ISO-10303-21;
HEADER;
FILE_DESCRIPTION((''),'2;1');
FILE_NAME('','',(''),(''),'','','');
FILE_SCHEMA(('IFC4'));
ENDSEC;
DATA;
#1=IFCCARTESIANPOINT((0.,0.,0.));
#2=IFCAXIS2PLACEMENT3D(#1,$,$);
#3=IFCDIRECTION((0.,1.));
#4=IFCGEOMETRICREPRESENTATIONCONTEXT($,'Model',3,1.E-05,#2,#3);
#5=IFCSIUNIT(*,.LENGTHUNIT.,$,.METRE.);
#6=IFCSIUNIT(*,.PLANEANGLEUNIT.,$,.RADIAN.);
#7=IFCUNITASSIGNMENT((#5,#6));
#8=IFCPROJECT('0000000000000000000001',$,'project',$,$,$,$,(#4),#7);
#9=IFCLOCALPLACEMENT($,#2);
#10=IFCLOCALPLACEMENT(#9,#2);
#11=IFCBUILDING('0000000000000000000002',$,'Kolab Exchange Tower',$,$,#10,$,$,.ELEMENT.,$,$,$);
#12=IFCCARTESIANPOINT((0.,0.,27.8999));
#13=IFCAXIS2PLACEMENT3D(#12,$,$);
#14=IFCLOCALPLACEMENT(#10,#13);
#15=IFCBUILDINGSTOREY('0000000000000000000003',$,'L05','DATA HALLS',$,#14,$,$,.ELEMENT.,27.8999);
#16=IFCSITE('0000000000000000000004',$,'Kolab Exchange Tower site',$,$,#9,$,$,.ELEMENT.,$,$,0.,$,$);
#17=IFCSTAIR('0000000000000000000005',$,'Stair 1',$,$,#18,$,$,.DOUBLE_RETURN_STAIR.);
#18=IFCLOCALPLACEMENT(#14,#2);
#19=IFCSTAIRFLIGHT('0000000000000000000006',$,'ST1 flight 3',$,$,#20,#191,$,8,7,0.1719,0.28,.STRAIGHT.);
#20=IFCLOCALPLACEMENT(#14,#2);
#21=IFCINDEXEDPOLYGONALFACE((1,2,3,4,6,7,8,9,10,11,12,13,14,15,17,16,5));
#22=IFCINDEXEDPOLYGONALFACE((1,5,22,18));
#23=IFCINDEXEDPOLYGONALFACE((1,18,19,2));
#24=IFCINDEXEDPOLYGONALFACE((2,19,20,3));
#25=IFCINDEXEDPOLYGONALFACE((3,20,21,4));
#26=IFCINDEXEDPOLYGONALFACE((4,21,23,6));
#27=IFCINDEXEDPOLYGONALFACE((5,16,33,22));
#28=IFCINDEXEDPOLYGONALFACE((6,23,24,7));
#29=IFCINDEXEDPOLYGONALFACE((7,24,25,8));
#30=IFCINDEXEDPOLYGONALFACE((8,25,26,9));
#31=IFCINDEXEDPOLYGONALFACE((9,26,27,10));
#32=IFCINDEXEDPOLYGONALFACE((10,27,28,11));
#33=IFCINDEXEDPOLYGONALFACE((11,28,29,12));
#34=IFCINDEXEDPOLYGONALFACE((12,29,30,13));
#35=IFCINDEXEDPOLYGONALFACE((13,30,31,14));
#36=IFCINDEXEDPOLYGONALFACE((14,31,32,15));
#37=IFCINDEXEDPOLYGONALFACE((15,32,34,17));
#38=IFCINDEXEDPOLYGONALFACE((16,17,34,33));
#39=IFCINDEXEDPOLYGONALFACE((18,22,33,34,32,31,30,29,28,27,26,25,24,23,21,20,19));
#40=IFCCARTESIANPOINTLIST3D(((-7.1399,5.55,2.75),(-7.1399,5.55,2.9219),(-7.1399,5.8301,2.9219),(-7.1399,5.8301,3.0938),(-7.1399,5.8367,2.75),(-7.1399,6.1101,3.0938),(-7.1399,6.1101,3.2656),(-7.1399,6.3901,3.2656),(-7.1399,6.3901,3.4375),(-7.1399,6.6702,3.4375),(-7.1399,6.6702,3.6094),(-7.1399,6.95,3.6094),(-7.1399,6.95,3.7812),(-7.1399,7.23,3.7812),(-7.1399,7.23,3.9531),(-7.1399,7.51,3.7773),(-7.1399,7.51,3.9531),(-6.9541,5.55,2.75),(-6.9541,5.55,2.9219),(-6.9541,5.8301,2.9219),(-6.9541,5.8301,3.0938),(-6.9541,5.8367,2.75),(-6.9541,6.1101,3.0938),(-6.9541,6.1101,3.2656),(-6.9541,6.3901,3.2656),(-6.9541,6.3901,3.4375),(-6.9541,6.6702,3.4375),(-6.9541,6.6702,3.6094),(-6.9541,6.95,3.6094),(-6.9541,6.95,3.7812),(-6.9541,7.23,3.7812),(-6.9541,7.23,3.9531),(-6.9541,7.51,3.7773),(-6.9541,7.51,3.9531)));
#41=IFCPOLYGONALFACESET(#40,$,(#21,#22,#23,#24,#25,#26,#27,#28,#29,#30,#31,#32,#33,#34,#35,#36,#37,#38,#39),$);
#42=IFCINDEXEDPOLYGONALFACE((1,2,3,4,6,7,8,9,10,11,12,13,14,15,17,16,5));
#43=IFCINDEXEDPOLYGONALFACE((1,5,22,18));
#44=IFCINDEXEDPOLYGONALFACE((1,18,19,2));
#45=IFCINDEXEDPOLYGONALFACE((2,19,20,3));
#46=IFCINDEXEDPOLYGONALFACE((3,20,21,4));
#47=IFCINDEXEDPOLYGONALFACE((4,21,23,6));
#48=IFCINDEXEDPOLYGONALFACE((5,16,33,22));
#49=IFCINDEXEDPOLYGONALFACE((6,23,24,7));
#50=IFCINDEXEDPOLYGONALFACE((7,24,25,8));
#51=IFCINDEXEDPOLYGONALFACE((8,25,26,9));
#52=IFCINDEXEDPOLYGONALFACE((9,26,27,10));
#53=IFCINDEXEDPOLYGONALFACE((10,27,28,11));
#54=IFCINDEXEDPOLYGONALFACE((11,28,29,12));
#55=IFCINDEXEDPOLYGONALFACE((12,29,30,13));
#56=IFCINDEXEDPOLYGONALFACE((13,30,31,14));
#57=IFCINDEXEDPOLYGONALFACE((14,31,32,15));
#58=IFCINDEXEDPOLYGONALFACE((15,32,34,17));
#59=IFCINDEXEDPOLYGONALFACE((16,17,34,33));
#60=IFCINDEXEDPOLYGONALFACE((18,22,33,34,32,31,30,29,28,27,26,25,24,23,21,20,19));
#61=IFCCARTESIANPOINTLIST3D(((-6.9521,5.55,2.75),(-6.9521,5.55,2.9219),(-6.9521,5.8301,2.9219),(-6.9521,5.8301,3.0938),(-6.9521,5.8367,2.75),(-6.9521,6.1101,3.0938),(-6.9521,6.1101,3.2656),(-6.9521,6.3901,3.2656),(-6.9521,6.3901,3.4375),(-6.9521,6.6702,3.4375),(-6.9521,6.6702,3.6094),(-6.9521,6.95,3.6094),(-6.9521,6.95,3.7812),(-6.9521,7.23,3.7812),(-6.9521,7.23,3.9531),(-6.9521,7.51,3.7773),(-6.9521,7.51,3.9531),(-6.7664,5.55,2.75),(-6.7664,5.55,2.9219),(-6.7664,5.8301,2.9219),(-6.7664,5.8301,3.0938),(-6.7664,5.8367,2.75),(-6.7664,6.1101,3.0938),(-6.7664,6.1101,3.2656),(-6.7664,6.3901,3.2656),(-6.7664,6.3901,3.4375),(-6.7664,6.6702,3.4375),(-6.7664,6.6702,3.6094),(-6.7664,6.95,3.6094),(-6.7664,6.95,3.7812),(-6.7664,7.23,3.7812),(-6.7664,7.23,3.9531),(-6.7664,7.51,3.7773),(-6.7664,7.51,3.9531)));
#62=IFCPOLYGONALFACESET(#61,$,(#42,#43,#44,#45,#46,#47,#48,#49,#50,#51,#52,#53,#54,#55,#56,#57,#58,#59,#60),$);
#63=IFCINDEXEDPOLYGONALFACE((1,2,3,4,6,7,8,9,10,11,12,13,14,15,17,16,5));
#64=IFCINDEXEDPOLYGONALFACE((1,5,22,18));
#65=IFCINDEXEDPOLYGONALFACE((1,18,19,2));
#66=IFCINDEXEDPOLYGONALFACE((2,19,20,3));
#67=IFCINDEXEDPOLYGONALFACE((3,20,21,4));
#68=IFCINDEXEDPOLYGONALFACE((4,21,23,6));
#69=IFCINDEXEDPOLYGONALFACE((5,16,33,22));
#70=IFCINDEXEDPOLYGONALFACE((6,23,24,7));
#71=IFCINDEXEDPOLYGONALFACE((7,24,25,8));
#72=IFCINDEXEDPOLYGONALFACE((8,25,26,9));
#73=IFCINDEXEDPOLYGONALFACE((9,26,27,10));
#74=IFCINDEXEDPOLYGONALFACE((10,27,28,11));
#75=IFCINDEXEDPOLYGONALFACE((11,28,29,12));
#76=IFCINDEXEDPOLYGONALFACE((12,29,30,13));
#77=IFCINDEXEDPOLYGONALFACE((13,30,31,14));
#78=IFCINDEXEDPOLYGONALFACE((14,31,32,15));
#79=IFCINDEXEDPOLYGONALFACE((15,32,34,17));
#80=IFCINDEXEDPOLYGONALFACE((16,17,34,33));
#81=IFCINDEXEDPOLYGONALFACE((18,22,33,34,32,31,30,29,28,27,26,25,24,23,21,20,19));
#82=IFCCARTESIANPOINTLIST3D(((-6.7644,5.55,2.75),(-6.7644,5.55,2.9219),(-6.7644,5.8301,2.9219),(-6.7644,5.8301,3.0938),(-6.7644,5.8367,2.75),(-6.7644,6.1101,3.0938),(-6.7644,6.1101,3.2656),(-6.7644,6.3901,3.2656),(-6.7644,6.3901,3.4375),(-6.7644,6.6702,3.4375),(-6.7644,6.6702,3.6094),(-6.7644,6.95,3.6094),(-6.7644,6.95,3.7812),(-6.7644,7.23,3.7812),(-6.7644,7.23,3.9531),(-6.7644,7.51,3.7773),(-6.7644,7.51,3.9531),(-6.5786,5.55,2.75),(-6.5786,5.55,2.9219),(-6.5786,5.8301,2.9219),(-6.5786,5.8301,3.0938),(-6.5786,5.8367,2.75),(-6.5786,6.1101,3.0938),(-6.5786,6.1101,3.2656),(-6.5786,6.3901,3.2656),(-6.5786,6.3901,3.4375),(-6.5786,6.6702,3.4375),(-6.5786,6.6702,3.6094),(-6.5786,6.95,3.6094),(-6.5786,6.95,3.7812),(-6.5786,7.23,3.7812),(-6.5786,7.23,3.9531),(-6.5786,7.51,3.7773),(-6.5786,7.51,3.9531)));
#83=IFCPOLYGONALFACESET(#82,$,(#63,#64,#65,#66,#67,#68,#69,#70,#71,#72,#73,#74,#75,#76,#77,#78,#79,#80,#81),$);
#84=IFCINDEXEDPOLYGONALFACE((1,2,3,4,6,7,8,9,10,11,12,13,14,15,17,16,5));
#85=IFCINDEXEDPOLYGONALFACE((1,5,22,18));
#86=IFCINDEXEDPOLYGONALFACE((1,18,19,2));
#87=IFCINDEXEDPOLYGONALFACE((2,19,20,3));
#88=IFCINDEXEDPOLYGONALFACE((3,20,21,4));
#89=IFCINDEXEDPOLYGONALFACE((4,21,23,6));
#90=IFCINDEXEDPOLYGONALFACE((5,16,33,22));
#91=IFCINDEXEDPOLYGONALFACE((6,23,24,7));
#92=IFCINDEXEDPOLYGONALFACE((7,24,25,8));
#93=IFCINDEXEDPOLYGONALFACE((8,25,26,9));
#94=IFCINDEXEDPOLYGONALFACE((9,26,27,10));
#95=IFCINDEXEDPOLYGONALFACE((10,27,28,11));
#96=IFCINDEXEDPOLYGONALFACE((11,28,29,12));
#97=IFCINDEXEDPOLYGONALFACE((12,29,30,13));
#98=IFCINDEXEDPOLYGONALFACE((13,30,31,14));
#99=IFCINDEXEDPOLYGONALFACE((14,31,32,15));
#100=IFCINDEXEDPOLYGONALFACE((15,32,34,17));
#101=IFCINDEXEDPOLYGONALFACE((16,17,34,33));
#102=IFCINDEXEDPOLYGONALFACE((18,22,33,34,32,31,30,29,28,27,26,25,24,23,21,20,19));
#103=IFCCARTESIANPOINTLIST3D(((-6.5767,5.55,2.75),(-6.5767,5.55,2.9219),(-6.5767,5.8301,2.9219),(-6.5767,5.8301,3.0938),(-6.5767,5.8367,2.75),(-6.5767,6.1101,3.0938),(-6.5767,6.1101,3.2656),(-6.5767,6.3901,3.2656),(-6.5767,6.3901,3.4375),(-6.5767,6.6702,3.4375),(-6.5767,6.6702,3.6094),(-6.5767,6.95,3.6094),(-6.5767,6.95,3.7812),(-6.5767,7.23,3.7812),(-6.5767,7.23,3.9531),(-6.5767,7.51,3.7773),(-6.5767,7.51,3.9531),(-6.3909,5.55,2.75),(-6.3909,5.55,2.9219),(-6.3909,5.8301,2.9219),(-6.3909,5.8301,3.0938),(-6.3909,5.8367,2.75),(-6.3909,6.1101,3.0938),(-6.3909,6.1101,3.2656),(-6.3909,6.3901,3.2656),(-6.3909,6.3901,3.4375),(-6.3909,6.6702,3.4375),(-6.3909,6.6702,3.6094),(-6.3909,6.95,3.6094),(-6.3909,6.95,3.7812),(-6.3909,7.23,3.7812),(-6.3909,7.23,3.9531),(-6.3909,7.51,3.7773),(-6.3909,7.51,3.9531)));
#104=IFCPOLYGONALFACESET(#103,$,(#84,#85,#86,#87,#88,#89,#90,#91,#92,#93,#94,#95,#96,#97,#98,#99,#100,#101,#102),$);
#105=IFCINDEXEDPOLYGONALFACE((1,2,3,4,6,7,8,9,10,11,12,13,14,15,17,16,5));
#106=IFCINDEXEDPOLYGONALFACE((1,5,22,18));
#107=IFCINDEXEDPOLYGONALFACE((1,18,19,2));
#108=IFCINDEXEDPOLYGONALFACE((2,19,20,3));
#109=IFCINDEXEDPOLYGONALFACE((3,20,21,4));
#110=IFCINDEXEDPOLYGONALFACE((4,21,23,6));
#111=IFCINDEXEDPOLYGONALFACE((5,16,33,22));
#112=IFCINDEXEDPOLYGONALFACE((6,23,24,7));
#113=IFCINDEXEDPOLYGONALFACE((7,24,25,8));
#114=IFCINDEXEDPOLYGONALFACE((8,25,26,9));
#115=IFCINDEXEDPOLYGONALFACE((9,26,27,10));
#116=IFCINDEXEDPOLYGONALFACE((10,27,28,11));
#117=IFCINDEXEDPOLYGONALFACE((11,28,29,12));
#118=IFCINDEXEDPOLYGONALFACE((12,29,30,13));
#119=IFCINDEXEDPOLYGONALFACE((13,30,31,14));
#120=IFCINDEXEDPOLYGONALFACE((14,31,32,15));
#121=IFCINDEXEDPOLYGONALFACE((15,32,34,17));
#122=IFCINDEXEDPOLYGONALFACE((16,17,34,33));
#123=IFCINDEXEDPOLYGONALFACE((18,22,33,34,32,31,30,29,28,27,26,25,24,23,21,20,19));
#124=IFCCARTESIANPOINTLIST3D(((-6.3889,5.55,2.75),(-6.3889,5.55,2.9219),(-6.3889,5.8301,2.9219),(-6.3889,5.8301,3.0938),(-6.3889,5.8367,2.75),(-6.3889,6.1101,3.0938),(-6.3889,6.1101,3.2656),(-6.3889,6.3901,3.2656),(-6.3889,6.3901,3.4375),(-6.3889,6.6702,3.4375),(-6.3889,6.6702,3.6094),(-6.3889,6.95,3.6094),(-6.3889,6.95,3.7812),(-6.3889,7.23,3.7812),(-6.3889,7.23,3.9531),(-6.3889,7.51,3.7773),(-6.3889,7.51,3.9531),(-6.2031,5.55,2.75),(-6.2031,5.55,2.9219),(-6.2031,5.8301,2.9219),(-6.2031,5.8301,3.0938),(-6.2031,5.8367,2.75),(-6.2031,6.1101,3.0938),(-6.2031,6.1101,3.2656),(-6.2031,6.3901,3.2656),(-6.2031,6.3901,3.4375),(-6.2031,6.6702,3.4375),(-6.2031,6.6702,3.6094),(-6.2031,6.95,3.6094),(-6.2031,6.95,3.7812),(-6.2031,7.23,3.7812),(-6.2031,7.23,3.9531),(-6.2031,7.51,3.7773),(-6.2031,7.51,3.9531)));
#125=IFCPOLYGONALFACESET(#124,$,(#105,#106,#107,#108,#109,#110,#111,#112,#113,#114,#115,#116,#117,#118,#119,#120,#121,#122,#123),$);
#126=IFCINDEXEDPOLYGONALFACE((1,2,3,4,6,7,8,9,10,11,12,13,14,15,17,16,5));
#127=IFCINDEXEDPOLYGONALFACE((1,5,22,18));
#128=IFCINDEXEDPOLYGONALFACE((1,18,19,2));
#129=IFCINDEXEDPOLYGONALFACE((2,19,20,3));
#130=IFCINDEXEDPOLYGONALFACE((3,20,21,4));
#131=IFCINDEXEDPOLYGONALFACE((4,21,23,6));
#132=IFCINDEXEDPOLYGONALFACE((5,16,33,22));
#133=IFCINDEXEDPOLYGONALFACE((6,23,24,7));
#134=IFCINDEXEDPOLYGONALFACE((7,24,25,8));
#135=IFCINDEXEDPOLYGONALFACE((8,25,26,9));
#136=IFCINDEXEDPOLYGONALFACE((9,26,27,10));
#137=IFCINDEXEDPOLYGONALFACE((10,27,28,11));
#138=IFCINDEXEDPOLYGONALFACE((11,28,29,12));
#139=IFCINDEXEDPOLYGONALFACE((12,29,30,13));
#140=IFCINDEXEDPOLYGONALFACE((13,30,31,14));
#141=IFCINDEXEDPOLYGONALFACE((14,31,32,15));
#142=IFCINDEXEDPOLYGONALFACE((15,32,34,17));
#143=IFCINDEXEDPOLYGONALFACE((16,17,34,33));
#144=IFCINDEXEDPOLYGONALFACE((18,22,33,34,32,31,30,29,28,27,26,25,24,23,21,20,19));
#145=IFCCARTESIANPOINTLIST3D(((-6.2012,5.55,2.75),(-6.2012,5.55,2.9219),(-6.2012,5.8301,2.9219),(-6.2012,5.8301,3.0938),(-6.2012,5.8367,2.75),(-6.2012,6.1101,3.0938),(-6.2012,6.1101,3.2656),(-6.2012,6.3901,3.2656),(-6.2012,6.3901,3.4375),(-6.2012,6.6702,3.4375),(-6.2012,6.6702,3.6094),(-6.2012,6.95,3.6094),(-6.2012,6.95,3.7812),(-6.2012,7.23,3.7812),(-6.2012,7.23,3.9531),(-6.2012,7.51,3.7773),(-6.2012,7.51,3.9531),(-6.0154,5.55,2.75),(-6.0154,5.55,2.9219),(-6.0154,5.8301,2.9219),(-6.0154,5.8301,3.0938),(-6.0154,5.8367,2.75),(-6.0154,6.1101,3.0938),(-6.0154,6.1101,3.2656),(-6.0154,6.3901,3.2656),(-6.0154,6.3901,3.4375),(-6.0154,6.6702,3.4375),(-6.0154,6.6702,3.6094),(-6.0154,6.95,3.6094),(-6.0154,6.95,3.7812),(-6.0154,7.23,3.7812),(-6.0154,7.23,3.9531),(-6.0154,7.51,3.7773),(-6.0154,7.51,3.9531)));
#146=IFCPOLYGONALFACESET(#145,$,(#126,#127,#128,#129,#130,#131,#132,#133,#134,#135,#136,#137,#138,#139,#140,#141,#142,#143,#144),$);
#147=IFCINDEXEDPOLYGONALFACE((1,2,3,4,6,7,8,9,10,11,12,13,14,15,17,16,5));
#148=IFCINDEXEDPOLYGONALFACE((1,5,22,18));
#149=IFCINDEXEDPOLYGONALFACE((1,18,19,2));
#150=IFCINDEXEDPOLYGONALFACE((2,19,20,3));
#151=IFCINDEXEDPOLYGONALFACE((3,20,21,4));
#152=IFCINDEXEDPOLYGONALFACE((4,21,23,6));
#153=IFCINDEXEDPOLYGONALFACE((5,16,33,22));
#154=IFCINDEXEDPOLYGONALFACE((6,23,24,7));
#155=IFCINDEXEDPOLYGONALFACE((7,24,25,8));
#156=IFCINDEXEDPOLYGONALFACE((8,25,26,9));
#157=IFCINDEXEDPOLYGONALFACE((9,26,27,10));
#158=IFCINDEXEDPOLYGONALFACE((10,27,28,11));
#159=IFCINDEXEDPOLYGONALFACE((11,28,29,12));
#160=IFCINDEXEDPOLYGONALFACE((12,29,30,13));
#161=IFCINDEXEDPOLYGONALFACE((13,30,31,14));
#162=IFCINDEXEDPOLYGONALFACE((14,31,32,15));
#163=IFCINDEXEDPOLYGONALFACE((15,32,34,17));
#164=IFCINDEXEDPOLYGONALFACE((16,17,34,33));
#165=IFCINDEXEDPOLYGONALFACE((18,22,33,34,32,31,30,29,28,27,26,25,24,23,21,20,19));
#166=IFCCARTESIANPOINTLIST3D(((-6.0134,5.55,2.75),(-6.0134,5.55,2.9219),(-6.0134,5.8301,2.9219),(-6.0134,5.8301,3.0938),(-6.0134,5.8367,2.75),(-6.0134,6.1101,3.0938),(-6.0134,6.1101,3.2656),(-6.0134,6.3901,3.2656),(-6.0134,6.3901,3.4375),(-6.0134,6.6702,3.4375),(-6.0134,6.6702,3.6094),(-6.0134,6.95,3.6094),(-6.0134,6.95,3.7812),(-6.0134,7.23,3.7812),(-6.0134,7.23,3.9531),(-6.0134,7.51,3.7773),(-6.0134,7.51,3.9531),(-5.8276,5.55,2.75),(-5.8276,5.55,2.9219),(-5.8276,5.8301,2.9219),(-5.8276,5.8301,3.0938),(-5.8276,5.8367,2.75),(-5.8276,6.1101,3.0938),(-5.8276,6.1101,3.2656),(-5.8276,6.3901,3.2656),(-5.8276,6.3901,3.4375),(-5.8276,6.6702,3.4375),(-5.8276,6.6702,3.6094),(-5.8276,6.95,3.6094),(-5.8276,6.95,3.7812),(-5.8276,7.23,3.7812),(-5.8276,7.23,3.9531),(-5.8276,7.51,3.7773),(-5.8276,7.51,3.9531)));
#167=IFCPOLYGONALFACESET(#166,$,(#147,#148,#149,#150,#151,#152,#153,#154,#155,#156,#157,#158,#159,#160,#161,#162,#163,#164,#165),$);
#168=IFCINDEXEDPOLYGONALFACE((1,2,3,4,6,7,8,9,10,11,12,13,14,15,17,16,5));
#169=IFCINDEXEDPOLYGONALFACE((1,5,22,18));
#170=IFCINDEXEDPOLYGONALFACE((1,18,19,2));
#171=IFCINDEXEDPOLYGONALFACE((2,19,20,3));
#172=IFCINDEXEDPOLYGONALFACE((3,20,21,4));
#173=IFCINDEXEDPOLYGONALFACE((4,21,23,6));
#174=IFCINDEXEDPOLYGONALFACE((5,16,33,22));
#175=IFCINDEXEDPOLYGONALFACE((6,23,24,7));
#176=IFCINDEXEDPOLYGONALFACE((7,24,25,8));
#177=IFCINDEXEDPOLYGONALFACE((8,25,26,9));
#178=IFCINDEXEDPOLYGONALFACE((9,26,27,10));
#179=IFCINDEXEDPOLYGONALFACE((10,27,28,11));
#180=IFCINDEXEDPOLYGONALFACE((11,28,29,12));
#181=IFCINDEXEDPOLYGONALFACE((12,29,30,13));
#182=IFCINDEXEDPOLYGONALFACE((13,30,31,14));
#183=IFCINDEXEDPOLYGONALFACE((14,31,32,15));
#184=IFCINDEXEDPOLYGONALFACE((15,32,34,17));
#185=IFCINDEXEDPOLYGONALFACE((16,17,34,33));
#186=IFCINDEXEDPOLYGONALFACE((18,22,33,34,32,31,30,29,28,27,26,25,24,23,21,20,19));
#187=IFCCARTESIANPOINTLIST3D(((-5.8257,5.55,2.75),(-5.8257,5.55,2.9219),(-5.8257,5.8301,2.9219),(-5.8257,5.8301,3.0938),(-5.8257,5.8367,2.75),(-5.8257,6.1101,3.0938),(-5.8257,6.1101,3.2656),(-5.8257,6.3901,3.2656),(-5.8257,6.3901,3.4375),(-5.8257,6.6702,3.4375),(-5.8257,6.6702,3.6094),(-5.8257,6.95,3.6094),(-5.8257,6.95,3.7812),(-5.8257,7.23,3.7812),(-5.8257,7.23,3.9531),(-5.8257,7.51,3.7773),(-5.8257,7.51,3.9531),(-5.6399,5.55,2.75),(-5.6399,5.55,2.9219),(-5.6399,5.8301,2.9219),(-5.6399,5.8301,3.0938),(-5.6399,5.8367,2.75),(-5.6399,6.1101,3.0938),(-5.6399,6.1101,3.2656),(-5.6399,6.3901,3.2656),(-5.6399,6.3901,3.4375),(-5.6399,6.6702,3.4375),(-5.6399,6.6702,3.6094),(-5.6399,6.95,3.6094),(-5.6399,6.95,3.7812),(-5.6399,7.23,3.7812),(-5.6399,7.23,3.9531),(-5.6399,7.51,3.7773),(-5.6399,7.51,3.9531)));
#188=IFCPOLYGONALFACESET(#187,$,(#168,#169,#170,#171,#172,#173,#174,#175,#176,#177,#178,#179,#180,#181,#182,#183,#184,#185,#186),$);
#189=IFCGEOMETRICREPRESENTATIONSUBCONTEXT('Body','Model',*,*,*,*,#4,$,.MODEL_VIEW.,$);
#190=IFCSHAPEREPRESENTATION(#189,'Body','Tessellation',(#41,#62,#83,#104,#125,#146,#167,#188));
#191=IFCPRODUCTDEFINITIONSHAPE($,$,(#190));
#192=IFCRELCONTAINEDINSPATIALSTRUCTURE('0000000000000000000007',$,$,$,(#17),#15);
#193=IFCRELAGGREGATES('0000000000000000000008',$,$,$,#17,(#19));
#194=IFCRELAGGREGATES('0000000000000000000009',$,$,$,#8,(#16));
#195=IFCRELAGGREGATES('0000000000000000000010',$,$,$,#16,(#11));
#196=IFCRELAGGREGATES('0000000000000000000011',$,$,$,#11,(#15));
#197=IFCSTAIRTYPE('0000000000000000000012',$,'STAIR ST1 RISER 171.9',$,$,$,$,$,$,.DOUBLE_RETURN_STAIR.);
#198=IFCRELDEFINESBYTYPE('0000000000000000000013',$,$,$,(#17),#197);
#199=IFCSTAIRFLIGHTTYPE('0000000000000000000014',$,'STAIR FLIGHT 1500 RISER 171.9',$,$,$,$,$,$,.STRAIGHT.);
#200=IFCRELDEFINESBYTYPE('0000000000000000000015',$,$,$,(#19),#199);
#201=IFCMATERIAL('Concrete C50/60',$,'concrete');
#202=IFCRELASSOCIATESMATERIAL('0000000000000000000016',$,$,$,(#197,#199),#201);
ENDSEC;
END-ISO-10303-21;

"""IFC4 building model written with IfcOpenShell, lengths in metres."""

from ifc_helpers import new_model, si_unit, direction, frame, origin, place, context, subcontext, project, spatial, polyline, outline, extrude, material, type_object, element, aggregate, save


model = new_model("IFC4")

# Units and contexts
model_context = context("Model", 3, precision=1e-05, world=origin(), true_north=direction((0.0, 1.0)))
body_context = subcontext(model_context, "Body", "Model", "MODEL_VIEW")
ifc_project = project(units=[si_unit("LENGTHUNIT", "METRE"), si_unit("PLANEANGLEUNIT", "RADIAN")], contexts=[model_context])

# Site, building, storey
site_placement = place(None, origin())
site = spatial("IfcSite", under=ifc_project, at=site_placement, Name="Kolab Exchange Tower site", CompositionType="ELEMENT", RefElevation=0.0)
building_placement = place(site_placement, origin())
building = spatial("IfcBuilding", under=site, at=building_placement, Name="Kolab Exchange Tower", CompositionType="ELEMENT")
storey_placement = place(building_placement, frame((0.0, 0.0, 27.8999)))
storey = spatial("IfcBuildingStorey", under=building, at=storey_placement, Name="L05", Description="DATA HALLS", CompositionType="ELEMENT", Elevation=27.8999)

# Shared definitions
ifc_material_1 = material(Name="Concrete C50/60", Category="concrete")

# Stair, stair flight
stair_type = type_object("IfcStairType", Name="STAIR ST1 RISER 171.9", PredefinedType="DOUBLE_RETURN_STAIR", material=ifc_material_1)
stair_placement = place(storey_placement, origin())
stair = element("IfcStair", 1, at=stair_placement, inside=storey, type_object=stair_type, Name="Stair 1", PredefinedType="DOUBLE_RETURN_STAIR")
stair_flight_type = type_object("IfcStairFlightType", Name="STAIR FLIGHT 1500 RISER 171.9", PredefinedType="STRAIGHT", material=ifc_material_1)
stair_flight_1_placement = place(storey_placement, frame((-6.3899, 5.55, 2.75), z_axis=(0.0, 0.0, 1.0), x_axis=(0.0, 1.0, 0.0)))
stair_flight_1 = element("IfcStairFlight", 2, at=stair_flight_1_placement, type_object=stair_flight_type, Name="ST1 flight 3", NumberOfRisers=8, NumberOfTreads=7, PredefinedType="STRAIGHT", RiserHeight=0.1719, TreadLength=0.28, context=body_context, shape_type="SweptSolid", body=[
    extrude(outline(polyline([(0.0, 0.0), (0.0, 0.1719), (0.28, 0.1719), (0.28, 0.3438), (0.5601, 0.3438), (0.5601, 0.5156), (0.8401, 0.5156), (0.8401, 0.6875), (1.1201, 0.6875), (1.1201, 0.8594), (1.3999, 0.8594), (1.3999, 1.0312), (1.6799, 1.0312), (1.6799, 1.2031), (1.96, 1.2031), (1.96, 1.375), (1.96, 1.0273), (0.2866, 0.0), (0.0, 0.0)])), frame((0.0, 0.75, 0.0), z_axis=(0.0, -1.0, 0.0), x_axis=(1.0, 0.0, 0.0)), (0.0, 0.0, 1.0), 0.1858),
    extrude(outline(polyline([(0.0, 0.0), (0.0, 0.1719), (0.28, 0.1719), (0.28, 0.3438), (0.5601, 0.3438), (0.5601, 0.5156), (0.8401, 0.5156), (0.8401, 0.6875), (1.1201, 0.6875), (1.1201, 0.8594), (1.3999, 0.8594), (1.3999, 1.0312), (1.6799, 1.0312), (1.6799, 1.2031), (1.96, 1.2031), (1.96, 1.375), (1.96, 1.0273), (0.2866, 0.0), (0.0, 0.0)])), frame((0.0, 0.5623, 0.0), z_axis=(0.0, -1.0, 0.0), x_axis=(1.0, 0.0, 0.0)), (0.0, 0.0, 1.0), 0.1858),
    extrude(outline(polyline([(0.0, 0.0), (0.0, 0.1719), (0.28, 0.1719), (0.28, 0.3438), (0.5601, 0.3438), (0.5601, 0.5156), (0.8401, 0.5156), (0.8401, 0.6875), (1.1201, 0.6875), (1.1201, 0.8594), (1.3999, 0.8594), (1.3999, 1.0312), (1.6799, 1.0312), (1.6799, 1.2031), (1.96, 1.2031), (1.96, 1.375), (1.96, 1.0273), (0.2866, 0.0), (0.0, 0.0)])), frame((0.0, 0.3745, 0.0), z_axis=(0.0, -1.0, 0.0), x_axis=(1.0, 0.0, 0.0)), (0.0, 0.0, 1.0), 0.1858),
    extrude(outline(polyline([(0.0, 0.0), (0.0, 0.1719), (0.28, 0.1719), (0.28, 0.3438), (0.5601, 0.3438), (0.5601, 0.5156), (0.8401, 0.5156), (0.8401, 0.6875), (1.1201, 0.6875), (1.1201, 0.8594), (1.3999, 0.8594), (1.3999, 1.0312), (1.6799, 1.0312), (1.6799, 1.2031), (1.96, 1.2031), (1.96, 1.375), (1.96, 1.0273), (0.2866, 0.0), (0.0, 0.0)])), frame((0.0, 0.1868, 0.0), z_axis=(0.0, -1.0, 0.0), x_axis=(1.0, 0.0, 0.0)), (0.0, 0.0, 1.0), 0.1858),
    extrude(outline(polyline([(0.0, 0.0), (0.0, 0.1719), (0.28, 0.1719), (0.28, 0.3438), (0.5601, 0.3438), (0.5601, 0.5156), (0.8401, 0.5156), (0.8401, 0.6875), (1.1201, 0.6875), (1.1201, 0.8594), (1.3999, 0.8594), (1.3999, 1.0312), (1.6799, 1.0312), (1.6799, 1.2031), (1.96, 1.2031), (1.96, 1.375), (1.96, 1.0273), (0.2866, 0.0), (0.0, 0.0)])), frame((0.0, -0.001, 0.0), z_axis=(0.0, -1.0, 0.0), x_axis=(1.0, 0.0, 0.0)), (0.0, 0.0, 1.0), 0.1858),
    extrude(outline(polyline([(0.0, 0.0), (0.0, 0.1719), (0.28, 0.1719), (0.28, 0.3438), (0.5601, 0.3438), (0.5601, 0.5156), (0.8401, 0.5156), (0.8401, 0.6875), (1.1201, 0.6875), (1.1201, 0.8594), (1.3999, 0.8594), (1.3999, 1.0312), (1.6799, 1.0312), (1.6799, 1.2031), (1.96, 1.2031), (1.96, 1.375), (1.96, 1.0273), (0.2866, 0.0), (0.0, 0.0)])), frame((0.0, -0.1887, 0.0), z_axis=(0.0, -1.0, 0.0), x_axis=(1.0, 0.0, 0.0)), (0.0, 0.0, 1.0), 0.1858),
    extrude(outline(polyline([(0.0, 0.0), (0.0, 0.1719), (0.28, 0.1719), (0.28, 0.3438), (0.5601, 0.3438), (0.5601, 0.5156), (0.8401, 0.5156), (0.8401, 0.6875), (1.1201, 0.6875), (1.1201, 0.8594), (1.3999, 0.8594), (1.3999, 1.0312), (1.6799, 1.0312), (1.6799, 1.2031), (1.96, 1.2031), (1.96, 1.375), (1.96, 1.0273), (0.2866, 0.0), (0.0, 0.0)])), frame((0.0, -0.3765, 0.0), z_axis=(0.0, -1.0, 0.0), x_axis=(1.0, 0.0, 0.0)), (0.0, 0.0, 1.0), 0.1858),
    extrude(outline(polyline([(0.0, 0.0), (0.0, 0.1719), (0.28, 0.1719), (0.28, 0.3438), (0.5601, 0.3438), (0.5601, 0.5156), (0.8401, 0.5156), (0.8401, 0.6875), (1.1201, 0.6875), (1.1201, 0.8594), (1.3999, 0.8594), (1.3999, 1.0312), (1.6799, 1.0312), (1.6799, 1.2031), (1.96, 1.2031), (1.96, 1.375), (1.96, 1.0273), (0.2866, 0.0), (0.0, 0.0)])), frame((0.0, -0.5642, 0.0), z_axis=(0.0, -1.0, 0.0), x_axis=(1.0, 0.0, 0.0)), (0.0, 0.0, 1.0), 0.1858),
])
aggregate(stair, [stair_flight_1])

save(model, "model.ifc")
